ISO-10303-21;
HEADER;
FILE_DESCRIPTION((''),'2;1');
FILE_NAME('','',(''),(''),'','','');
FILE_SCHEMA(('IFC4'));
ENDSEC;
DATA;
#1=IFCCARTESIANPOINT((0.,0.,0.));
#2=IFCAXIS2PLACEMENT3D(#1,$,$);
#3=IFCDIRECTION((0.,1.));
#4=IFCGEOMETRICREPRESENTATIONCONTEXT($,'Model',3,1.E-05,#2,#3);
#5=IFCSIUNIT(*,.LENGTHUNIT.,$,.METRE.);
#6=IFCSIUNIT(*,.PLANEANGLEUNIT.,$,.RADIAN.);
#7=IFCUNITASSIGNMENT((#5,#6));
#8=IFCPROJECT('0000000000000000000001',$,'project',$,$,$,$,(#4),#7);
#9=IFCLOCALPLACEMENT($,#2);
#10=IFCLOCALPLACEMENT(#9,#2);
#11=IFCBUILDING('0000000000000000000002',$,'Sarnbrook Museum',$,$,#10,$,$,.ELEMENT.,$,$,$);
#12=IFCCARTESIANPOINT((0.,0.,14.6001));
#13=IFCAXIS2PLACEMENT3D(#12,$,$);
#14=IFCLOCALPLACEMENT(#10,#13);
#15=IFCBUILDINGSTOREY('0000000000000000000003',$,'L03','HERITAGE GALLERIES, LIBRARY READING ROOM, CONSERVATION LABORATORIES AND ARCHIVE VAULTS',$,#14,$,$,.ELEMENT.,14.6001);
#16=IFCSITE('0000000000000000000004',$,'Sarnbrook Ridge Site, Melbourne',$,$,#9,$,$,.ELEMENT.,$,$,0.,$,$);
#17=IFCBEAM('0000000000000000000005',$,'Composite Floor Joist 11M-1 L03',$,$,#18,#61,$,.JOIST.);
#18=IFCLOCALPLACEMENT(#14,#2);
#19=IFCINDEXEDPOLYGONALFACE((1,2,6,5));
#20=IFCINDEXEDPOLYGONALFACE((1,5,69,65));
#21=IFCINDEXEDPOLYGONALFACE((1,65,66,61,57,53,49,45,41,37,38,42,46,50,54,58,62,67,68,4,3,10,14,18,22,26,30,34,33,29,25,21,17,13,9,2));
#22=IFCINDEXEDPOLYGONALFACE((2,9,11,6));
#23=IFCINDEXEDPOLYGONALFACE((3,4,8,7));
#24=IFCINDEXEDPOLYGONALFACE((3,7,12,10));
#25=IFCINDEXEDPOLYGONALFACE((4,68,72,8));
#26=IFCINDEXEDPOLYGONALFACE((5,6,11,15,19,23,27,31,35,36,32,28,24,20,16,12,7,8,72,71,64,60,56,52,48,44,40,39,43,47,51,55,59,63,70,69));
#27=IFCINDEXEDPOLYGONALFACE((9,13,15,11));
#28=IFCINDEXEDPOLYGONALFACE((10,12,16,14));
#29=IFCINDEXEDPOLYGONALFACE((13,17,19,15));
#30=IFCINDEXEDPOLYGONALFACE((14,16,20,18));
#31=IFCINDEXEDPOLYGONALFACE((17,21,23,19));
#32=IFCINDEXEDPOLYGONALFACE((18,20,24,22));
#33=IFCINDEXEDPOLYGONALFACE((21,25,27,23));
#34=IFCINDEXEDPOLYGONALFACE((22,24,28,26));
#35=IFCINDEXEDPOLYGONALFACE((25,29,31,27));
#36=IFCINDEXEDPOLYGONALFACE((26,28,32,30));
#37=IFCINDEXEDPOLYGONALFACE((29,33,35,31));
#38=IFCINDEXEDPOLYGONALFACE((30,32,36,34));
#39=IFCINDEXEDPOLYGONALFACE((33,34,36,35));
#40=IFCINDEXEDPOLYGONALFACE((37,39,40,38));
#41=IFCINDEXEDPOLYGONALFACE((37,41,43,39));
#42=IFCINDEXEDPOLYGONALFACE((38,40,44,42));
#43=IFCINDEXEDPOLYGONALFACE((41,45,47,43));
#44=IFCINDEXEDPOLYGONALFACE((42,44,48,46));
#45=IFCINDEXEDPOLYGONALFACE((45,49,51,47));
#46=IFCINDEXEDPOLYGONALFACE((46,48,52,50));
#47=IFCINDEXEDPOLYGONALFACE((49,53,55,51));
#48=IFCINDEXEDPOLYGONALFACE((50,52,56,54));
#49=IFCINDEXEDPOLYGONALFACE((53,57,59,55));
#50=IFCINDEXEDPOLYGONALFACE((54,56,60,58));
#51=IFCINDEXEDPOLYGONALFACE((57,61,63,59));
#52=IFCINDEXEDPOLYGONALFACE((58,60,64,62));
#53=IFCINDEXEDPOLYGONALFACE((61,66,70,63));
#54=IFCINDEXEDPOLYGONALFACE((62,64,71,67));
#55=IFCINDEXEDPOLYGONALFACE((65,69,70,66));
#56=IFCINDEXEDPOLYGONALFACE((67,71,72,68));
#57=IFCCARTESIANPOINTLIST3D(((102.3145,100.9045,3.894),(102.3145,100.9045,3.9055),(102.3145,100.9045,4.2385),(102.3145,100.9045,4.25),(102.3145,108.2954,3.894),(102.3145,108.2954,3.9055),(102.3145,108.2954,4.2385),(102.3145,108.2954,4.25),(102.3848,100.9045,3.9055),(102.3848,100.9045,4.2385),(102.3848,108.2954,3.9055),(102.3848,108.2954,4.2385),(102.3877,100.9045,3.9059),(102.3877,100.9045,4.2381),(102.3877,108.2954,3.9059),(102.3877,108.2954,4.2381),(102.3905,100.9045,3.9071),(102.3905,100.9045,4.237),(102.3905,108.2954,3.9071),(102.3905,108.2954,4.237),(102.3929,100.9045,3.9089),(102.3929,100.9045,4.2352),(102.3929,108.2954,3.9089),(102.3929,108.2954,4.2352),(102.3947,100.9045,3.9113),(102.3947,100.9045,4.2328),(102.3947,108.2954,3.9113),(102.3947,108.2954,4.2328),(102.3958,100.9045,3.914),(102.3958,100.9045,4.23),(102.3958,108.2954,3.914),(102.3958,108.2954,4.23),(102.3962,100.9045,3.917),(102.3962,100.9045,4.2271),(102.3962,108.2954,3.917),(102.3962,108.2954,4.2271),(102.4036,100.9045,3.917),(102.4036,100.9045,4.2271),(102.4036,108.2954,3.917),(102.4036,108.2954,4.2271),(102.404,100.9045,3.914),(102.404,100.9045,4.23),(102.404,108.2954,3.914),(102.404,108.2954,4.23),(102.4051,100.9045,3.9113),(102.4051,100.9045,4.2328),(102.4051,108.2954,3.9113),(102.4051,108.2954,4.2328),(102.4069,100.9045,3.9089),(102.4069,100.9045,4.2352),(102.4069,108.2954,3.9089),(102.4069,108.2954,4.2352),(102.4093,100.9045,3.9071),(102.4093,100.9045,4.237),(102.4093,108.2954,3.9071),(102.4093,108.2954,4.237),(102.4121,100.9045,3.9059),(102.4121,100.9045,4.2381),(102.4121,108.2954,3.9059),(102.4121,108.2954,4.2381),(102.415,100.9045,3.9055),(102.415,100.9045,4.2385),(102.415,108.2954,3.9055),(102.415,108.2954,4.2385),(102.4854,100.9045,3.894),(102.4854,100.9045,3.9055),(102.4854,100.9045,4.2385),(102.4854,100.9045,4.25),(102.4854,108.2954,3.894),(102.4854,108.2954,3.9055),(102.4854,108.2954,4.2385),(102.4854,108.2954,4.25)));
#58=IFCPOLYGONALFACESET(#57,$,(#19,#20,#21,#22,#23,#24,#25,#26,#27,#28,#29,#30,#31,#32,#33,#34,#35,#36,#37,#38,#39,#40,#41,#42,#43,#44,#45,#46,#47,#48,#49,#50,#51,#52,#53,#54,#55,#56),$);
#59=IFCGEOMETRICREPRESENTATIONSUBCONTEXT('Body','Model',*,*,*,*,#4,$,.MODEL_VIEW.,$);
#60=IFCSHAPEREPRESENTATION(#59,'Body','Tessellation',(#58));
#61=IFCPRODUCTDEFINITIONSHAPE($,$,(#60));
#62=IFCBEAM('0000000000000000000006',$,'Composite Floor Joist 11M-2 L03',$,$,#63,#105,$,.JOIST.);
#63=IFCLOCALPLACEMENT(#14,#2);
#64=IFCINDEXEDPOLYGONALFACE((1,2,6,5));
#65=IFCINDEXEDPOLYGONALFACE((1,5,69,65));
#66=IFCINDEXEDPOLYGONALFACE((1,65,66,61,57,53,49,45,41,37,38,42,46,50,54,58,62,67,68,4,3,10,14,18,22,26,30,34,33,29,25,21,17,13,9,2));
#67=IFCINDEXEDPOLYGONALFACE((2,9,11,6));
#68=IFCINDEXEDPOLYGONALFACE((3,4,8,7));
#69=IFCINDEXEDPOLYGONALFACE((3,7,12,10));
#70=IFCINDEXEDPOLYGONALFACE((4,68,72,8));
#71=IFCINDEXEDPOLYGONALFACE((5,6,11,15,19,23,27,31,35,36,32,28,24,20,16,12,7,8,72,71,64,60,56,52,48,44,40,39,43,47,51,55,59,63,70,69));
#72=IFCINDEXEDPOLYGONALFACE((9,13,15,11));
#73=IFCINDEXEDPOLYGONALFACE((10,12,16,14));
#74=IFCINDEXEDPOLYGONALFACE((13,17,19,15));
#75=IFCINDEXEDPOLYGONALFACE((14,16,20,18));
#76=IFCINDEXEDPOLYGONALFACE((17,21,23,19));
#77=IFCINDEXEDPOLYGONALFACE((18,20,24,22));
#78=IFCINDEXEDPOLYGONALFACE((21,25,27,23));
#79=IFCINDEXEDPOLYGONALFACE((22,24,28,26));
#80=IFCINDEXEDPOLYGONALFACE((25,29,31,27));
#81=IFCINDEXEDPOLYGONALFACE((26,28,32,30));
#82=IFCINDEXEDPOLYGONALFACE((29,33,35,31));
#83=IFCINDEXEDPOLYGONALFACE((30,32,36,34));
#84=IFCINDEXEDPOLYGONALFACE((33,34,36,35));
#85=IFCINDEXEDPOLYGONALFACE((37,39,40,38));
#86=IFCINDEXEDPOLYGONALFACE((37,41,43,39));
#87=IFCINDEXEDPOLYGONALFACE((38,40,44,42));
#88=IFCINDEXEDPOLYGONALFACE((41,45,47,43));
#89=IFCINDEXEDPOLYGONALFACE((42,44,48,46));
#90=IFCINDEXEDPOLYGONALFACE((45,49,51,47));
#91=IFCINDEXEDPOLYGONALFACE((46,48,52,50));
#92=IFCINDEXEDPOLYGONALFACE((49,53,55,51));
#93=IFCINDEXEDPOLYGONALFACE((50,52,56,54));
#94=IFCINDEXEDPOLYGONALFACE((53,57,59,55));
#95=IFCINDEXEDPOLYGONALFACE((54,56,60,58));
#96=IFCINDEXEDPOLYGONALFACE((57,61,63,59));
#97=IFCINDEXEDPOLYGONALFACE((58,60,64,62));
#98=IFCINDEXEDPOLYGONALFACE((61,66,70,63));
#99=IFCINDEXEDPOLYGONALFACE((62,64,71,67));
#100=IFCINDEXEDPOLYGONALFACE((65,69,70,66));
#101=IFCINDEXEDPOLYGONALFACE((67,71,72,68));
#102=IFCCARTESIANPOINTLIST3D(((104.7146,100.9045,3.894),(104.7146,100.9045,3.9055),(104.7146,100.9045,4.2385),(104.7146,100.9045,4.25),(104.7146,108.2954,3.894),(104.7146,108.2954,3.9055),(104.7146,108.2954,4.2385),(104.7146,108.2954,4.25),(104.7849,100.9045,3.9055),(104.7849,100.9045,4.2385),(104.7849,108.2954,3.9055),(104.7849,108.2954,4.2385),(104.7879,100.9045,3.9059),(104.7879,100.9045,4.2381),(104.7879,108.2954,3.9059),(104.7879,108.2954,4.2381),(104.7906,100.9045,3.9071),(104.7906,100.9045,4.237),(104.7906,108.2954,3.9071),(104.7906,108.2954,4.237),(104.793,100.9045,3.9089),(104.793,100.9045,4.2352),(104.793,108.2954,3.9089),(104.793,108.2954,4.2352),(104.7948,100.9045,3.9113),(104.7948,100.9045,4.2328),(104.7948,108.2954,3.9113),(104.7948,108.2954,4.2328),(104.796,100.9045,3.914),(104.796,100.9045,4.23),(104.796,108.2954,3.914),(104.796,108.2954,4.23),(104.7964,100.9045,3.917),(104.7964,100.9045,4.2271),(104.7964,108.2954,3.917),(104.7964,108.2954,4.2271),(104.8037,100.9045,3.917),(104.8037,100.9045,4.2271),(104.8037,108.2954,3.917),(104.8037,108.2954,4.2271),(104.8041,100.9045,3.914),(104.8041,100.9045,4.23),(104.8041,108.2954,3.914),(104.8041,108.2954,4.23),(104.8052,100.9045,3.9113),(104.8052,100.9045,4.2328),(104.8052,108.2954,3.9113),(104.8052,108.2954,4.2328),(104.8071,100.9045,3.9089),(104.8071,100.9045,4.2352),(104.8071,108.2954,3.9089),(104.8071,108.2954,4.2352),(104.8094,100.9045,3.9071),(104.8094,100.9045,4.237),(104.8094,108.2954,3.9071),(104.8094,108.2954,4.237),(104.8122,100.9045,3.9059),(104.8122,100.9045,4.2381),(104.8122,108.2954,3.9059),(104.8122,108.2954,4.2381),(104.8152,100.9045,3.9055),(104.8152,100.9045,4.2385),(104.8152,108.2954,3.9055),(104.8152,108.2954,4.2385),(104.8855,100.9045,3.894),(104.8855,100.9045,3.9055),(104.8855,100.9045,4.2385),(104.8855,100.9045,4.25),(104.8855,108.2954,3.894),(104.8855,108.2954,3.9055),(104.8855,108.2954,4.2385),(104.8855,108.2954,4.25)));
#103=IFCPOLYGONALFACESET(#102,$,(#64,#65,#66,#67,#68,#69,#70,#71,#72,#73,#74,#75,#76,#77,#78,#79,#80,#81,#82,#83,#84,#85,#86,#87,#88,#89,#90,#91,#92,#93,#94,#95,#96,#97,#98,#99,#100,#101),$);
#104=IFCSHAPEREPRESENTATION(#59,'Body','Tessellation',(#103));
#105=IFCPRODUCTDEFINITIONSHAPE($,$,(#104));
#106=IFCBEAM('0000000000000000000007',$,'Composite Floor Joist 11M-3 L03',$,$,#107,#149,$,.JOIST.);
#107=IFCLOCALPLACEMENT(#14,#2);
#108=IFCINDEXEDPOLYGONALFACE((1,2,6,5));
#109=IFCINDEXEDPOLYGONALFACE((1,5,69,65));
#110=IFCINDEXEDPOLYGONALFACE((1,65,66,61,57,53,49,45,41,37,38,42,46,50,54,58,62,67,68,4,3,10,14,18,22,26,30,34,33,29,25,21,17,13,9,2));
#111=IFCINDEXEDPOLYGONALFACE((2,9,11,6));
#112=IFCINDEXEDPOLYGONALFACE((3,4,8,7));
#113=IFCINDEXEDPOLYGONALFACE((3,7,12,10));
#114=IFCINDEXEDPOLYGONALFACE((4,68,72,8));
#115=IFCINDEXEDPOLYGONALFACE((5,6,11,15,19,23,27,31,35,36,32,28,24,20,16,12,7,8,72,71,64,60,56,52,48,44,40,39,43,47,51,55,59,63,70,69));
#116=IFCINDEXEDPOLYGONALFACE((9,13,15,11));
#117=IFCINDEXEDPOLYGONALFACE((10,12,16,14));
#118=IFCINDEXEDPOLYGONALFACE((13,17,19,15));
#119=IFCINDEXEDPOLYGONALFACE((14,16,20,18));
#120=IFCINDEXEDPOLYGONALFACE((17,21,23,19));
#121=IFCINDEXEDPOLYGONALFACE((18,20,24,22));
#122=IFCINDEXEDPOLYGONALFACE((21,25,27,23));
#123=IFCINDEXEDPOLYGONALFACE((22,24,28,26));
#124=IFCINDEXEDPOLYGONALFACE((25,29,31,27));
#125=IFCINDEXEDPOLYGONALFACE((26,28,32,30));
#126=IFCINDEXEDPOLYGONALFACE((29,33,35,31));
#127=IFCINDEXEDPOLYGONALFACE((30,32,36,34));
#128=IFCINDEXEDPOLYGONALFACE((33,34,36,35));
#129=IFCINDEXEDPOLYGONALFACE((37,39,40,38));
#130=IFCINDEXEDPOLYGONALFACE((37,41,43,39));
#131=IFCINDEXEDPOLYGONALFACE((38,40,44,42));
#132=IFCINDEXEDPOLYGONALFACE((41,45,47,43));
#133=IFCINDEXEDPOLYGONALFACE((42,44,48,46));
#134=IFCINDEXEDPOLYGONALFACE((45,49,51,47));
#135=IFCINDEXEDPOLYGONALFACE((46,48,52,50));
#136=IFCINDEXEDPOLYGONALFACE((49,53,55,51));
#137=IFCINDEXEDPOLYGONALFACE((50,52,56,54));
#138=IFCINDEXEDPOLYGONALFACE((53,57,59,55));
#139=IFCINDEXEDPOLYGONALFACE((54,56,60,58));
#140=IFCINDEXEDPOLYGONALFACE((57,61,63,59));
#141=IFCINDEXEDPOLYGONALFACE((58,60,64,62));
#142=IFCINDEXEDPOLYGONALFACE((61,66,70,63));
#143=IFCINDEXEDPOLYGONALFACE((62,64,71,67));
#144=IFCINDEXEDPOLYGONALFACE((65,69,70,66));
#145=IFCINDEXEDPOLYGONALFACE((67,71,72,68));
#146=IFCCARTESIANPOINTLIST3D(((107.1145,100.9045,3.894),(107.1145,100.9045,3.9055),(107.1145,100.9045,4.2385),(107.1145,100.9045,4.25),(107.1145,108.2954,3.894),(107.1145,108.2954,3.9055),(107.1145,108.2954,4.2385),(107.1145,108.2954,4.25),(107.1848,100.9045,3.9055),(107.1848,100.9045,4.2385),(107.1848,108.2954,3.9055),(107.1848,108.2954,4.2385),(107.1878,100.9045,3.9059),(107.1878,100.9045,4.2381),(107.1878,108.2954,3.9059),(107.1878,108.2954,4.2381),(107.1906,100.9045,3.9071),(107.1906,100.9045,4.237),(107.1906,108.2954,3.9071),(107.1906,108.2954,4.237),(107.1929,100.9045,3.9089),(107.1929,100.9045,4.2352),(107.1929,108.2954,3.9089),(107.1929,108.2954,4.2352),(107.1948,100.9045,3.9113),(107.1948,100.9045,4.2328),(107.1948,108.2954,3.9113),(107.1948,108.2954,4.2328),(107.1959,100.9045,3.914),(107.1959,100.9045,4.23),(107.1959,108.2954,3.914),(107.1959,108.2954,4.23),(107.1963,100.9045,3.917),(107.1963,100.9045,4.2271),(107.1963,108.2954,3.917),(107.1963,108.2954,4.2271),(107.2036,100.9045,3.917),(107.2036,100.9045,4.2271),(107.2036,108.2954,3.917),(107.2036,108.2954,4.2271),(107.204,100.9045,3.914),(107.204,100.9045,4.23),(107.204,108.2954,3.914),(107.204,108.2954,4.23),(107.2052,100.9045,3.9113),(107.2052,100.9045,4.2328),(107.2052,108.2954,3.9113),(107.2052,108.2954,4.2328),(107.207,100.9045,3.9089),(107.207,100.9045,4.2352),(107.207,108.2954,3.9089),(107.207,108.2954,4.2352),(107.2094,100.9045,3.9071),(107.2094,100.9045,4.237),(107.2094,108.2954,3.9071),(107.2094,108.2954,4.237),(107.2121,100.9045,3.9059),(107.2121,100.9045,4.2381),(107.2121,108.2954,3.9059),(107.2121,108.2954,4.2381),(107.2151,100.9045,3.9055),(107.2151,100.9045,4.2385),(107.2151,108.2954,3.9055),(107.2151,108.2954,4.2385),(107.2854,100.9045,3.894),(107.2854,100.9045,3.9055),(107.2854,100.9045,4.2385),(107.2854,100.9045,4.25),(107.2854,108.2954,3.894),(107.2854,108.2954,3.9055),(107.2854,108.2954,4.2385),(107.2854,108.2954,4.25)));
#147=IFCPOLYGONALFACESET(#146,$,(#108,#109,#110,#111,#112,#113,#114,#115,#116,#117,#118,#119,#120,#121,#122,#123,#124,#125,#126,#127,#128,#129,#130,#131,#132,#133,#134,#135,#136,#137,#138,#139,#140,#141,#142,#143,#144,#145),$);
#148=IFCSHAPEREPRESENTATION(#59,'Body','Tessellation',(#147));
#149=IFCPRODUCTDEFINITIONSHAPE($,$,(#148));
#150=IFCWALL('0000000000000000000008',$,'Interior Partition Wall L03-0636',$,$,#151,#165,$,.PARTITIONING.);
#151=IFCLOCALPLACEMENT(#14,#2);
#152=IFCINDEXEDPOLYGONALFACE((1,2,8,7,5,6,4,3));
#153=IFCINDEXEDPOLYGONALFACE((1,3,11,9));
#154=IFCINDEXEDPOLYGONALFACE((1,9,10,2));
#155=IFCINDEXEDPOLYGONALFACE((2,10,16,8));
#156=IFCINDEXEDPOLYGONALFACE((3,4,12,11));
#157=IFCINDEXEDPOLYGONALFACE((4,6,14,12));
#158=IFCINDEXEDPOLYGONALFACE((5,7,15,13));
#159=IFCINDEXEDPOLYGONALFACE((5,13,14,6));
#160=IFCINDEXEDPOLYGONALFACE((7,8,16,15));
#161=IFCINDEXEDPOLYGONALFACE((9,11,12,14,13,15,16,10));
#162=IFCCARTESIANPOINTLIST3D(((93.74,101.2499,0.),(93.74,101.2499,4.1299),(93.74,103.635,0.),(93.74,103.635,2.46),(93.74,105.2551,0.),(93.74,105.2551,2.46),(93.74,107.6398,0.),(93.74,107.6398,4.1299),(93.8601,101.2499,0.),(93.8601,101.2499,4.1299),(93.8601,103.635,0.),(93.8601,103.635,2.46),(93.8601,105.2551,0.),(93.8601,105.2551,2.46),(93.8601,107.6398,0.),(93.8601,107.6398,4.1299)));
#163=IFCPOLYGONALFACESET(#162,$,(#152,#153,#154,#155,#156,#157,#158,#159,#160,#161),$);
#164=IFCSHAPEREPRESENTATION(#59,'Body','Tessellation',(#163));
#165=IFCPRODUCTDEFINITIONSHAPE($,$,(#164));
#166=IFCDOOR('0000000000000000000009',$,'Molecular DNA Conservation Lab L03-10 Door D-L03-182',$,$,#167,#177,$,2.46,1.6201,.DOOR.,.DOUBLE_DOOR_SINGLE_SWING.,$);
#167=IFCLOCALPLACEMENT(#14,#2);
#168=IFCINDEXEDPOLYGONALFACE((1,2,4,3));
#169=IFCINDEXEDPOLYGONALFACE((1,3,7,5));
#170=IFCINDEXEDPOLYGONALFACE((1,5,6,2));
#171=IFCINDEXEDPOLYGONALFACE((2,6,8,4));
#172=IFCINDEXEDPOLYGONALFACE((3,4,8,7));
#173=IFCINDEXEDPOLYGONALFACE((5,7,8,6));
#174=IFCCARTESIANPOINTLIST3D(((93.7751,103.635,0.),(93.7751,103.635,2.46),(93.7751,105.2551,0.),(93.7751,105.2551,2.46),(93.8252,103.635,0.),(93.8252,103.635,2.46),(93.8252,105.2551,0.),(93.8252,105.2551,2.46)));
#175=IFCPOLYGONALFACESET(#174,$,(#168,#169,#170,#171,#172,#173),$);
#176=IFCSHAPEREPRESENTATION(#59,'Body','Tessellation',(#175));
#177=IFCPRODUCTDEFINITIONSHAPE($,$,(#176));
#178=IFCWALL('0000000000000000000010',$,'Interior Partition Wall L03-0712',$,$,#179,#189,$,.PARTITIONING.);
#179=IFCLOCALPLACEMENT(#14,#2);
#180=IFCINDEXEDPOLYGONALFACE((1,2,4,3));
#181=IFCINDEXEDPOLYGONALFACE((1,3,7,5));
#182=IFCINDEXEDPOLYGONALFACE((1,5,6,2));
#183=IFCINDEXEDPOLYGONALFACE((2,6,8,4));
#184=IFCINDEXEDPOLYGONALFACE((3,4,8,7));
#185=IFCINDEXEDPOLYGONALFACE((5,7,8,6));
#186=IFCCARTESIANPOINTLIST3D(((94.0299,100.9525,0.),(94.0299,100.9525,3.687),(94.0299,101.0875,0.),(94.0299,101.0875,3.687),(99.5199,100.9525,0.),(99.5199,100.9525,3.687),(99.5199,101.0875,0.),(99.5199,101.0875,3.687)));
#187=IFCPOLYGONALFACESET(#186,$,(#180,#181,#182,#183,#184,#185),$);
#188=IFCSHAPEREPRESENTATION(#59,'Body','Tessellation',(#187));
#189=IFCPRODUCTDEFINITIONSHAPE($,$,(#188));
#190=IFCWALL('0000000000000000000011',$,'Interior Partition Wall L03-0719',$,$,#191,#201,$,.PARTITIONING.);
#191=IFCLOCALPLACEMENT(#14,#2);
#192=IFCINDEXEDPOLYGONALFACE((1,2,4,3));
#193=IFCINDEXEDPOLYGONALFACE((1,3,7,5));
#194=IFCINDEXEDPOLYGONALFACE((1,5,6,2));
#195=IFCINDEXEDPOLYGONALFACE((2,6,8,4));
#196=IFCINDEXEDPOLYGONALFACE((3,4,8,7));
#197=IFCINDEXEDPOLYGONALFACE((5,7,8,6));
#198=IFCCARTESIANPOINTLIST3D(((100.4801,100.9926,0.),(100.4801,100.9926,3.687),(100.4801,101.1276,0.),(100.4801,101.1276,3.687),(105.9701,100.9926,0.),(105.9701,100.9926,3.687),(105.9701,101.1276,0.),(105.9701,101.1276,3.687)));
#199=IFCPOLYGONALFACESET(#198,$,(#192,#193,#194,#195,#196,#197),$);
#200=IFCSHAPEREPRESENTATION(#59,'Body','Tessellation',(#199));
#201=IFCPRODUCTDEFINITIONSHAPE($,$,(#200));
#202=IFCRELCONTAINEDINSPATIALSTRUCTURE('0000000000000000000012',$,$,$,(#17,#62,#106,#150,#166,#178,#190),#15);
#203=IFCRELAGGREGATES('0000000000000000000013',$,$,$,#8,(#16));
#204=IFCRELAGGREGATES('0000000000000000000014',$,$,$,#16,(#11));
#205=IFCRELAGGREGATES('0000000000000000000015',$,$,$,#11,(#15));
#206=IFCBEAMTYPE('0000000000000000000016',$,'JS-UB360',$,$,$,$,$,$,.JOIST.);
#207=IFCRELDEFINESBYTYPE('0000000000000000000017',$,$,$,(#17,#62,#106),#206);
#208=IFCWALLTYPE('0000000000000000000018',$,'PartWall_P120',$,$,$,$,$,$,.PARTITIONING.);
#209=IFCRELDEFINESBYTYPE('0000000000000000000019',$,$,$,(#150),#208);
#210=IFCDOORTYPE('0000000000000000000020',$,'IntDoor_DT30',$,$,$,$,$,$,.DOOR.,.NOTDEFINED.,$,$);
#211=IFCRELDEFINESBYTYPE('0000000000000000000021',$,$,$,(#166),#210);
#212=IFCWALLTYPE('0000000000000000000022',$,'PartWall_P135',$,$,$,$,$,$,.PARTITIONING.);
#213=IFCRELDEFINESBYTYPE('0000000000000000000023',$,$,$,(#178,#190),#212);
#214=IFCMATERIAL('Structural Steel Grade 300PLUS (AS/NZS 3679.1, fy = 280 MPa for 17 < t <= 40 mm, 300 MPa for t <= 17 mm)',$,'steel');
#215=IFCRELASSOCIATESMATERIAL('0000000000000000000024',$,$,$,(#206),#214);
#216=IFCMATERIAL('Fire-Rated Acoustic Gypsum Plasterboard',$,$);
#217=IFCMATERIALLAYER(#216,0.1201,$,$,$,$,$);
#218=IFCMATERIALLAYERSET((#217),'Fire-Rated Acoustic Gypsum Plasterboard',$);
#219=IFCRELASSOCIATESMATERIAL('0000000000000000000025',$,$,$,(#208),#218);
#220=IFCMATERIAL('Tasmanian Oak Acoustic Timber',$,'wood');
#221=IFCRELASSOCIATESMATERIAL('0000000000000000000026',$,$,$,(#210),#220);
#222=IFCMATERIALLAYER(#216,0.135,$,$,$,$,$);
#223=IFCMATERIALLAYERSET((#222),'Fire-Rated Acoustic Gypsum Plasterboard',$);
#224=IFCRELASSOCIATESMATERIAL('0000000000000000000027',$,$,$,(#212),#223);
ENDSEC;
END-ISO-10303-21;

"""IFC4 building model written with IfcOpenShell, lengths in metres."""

from ifc_helpers import new_model, si_unit, direction, frame, frame_2d, origin, origin_2d, place, context, subcontext, project, spatial, rectangle, i_section, extrude, material, layer, layer_set, material_profile, profile_set, type_object, element, fill, save


model = new_model("IFC4")

# Units and contexts
model_context = context("Model", 3, precision=1e-05, world=origin(), true_north=direction((0.0, 1.0)))
body_context = subcontext(model_context, "Body", "Model", "MODEL_VIEW")
ifc_project = project(units=[si_unit("LENGTHUNIT", "METRE"), si_unit("PLANEANGLEUNIT", "RADIAN")], contexts=[model_context])

# Site, building, storey
site_placement = place(None, origin())
site = spatial("IfcSite", under=ifc_project, at=site_placement, Name="Sarnbrook Ridge Site, Melbourne", CompositionType="ELEMENT", RefElevation=0.0)
building_placement = place(site_placement, origin())
building = spatial("IfcBuilding", under=site, at=building_placement, Name="Sarnbrook Museum", CompositionType="ELEMENT")
storey_placement = place(building_placement, frame((0.0, 0.0, 14.6001)))
storey = spatial("IfcBuildingStorey", under=building, at=storey_placement, Name="L03", Description="HERITAGE GALLERIES, LIBRARY READING ROOM, CONSERVATION LABORATORIES AND ARCHIVE VAULTS", CompositionType="ELEMENT", Elevation=14.6001)

# Shared definitions
ifc_material_1 = material(Name="Structural Steel Grade 300PLUS (AS/NZS 3679.1, fy = 280 MPa for 17 < t <= 40 mm, 300 MPa for t <= 17 mm)", Category="steel")

# Beams
ifc_material_profile_1 = material_profile(ifc_material_1, i_section(OverallWidth=0.1709, OverallDepth=0.356, WebThickness=0.0073, FlangeThickness=0.0115, FilletRadius=0.0115, at=origin_2d()), Name="360UB50.7")
ifc_profile_set_1 = profile_set([ifc_material_profile_1], Name="Structural Steel Grade 300PLUS (AS/NZS 3679.1, fy = 280 MPa for 17 < t <= 40 mm, 300 MPa for t <= 17 mm)")
beam_type_1 = type_object("IfcBeamType", Name="JS-UB360", PredefinedType="JOIST", material=ifc_profile_set_1)
for number, where, z_axis, x_axis, name in (
    (1, (102.3999, 100.9045, 4.072), (0.0, 1.0, 0.0), (-1.0, 0.0, 0.0), "Composite Floor Joist 11M-1 L03"),
    (2, (104.8, 100.9045, 4.072), (0.0, 1.0, 0.0), (-1.0, 0.0, 0.0), "Composite Floor Joist 11M-2 L03"),
    (3, (107.2, 100.9045, 4.072), (0.0, 1.0, 0.0), (-1.0, 0.0, 0.0), "Composite Floor Joist 11M-3 L03"),
):
    element("IfcBeam", number, at=place(storey_placement, frame(where, z_axis=z_axis, x_axis=x_axis)), inside=storey, type_object=beam_type_1, Name=name, PredefinedType="JOIST", context=body_context, shape_type="SweptSolid", body=[
        extrude(i_section(OverallWidth=0.1709, OverallDepth=0.356, WebThickness=0.0073, FlangeThickness=0.0115, FilletRadius=0.0115, at=origin_2d()), origin(), (0.0, 0.0, 1.0), 7.3909),
    ])

# Wall, opening, door
ifc_material_2 = material(Name="Fire-Rated Acoustic Gypsum Plasterboard")
ifc_layer_1 = layer(ifc_material_2, 0.1201)
ifc_layer_set_1 = layer_set([ifc_layer_1], Name="Fire-Rated Acoustic Gypsum Plasterboard")
wall_type_1 = type_object("IfcWallType", Name="PartWall_P120", PredefinedType="PARTITIONING", material=ifc_layer_set_1)
wall_1_placement = place(storey_placement, frame((93.8, 101.25, 0.0), z_axis=(0.0, 0.0, 1.0), x_axis=(0.0, 1.0, 0.0)))
wall_1 = element("IfcWall", 4, at=wall_1_placement, inside=storey, type_object=wall_type_1, Name="Interior Partition Wall L03-0636", PredefinedType="PARTITIONING", context=body_context, shape_type="SweptSolid", body=[
    extrude(rectangle(XDim=6.3899, YDim=0.1201, at=frame_2d((3.1948, 0.0))), origin(), (0.0, 0.0, 1.0), 4.1299),
])
opening_1_placement = place(wall_1_placement, frame((2.385, 0.0, 0.0)))
opening_1 = element("IfcOpeningElement", 5, at=opening_1_placement, cuts=wall_1, PredefinedType="OPENING", context=body_context, shape_type="SweptSolid", body=[
    extrude(rectangle(XDim=1.6201, YDim=2.46, at=frame_2d((0.8101, 1.23))), frame((0.0, 0.0701, 0.0), z_axis=(0.0, -1.0, 0.0), x_axis=(1.0, 0.0, 0.0)), (0.0, 0.0, 1.0), 0.1401),
])
ifc_material_3 = material(Name="Tasmanian Oak Acoustic Timber", Category="wood")
door_type_1 = type_object("IfcDoorType", Name="IntDoor_DT30", OperationType="NOTDEFINED", PredefinedType="DOOR", material=ifc_material_3)
door_1_placement = place(opening_1_placement, origin())
door_1 = element("IfcDoor", 6, at=door_1_placement, inside=storey, type_object=door_type_1, Name="Molecular DNA Conservation Lab L03-10 Door D-L03-182", OperationType="DOUBLE_DOOR_SINGLE_SWING", OverallHeight=2.46, OverallWidth=1.6201, PredefinedType="DOOR", context=body_context, shape_type="SweptSolid", body=[
    extrude(rectangle(XDim=1.6201, YDim=2.46, at=frame_2d((0.8101, 1.23))), frame((0.0, 0.0249, 0.0), z_axis=(0.0, -1.0, 0.0), x_axis=(1.0, 0.0, 0.0)), (0.0, 0.0, 1.0), 0.05),
])
fill(opening_1, door_1)

# Walls
ifc_layer_2 = layer(ifc_material_2, 0.135)
ifc_layer_set_2 = layer_set([ifc_layer_2], Name="Fire-Rated Acoustic Gypsum Plasterboard")
wall_type_2 = type_object("IfcWallType", Name="PartWall_P135", PredefinedType="PARTITIONING", material=ifc_layer_set_2)
for number, where, z_axis, x_axis, name in (
    (7, (99.52, 101.02, 0.0), (0.0, 0.0, 1.0), (-1.0, 0.0, 0.0), "Interior Partition Wall L03-0712"),
    (8, (100.48, 101.0601, 0.0), (0.0, 0.0, 1.0), (1.0, 0.0, 0.0), "Interior Partition Wall L03-0719"),
):
    element("IfcWall", number, at=place(storey_placement, frame(where, z_axis=z_axis, x_axis=x_axis)), inside=storey, type_object=wall_type_2, Name=name, PredefinedType="PARTITIONING", context=body_context, shape_type="SweptSolid", body=[
        extrude(rectangle(XDim=5.49, YDim=0.135, at=frame_2d((2.7451, 0.0))), origin(), (0.0, 0.0, 1.0), 3.687),
    ])

save(model, "model.ifc")
